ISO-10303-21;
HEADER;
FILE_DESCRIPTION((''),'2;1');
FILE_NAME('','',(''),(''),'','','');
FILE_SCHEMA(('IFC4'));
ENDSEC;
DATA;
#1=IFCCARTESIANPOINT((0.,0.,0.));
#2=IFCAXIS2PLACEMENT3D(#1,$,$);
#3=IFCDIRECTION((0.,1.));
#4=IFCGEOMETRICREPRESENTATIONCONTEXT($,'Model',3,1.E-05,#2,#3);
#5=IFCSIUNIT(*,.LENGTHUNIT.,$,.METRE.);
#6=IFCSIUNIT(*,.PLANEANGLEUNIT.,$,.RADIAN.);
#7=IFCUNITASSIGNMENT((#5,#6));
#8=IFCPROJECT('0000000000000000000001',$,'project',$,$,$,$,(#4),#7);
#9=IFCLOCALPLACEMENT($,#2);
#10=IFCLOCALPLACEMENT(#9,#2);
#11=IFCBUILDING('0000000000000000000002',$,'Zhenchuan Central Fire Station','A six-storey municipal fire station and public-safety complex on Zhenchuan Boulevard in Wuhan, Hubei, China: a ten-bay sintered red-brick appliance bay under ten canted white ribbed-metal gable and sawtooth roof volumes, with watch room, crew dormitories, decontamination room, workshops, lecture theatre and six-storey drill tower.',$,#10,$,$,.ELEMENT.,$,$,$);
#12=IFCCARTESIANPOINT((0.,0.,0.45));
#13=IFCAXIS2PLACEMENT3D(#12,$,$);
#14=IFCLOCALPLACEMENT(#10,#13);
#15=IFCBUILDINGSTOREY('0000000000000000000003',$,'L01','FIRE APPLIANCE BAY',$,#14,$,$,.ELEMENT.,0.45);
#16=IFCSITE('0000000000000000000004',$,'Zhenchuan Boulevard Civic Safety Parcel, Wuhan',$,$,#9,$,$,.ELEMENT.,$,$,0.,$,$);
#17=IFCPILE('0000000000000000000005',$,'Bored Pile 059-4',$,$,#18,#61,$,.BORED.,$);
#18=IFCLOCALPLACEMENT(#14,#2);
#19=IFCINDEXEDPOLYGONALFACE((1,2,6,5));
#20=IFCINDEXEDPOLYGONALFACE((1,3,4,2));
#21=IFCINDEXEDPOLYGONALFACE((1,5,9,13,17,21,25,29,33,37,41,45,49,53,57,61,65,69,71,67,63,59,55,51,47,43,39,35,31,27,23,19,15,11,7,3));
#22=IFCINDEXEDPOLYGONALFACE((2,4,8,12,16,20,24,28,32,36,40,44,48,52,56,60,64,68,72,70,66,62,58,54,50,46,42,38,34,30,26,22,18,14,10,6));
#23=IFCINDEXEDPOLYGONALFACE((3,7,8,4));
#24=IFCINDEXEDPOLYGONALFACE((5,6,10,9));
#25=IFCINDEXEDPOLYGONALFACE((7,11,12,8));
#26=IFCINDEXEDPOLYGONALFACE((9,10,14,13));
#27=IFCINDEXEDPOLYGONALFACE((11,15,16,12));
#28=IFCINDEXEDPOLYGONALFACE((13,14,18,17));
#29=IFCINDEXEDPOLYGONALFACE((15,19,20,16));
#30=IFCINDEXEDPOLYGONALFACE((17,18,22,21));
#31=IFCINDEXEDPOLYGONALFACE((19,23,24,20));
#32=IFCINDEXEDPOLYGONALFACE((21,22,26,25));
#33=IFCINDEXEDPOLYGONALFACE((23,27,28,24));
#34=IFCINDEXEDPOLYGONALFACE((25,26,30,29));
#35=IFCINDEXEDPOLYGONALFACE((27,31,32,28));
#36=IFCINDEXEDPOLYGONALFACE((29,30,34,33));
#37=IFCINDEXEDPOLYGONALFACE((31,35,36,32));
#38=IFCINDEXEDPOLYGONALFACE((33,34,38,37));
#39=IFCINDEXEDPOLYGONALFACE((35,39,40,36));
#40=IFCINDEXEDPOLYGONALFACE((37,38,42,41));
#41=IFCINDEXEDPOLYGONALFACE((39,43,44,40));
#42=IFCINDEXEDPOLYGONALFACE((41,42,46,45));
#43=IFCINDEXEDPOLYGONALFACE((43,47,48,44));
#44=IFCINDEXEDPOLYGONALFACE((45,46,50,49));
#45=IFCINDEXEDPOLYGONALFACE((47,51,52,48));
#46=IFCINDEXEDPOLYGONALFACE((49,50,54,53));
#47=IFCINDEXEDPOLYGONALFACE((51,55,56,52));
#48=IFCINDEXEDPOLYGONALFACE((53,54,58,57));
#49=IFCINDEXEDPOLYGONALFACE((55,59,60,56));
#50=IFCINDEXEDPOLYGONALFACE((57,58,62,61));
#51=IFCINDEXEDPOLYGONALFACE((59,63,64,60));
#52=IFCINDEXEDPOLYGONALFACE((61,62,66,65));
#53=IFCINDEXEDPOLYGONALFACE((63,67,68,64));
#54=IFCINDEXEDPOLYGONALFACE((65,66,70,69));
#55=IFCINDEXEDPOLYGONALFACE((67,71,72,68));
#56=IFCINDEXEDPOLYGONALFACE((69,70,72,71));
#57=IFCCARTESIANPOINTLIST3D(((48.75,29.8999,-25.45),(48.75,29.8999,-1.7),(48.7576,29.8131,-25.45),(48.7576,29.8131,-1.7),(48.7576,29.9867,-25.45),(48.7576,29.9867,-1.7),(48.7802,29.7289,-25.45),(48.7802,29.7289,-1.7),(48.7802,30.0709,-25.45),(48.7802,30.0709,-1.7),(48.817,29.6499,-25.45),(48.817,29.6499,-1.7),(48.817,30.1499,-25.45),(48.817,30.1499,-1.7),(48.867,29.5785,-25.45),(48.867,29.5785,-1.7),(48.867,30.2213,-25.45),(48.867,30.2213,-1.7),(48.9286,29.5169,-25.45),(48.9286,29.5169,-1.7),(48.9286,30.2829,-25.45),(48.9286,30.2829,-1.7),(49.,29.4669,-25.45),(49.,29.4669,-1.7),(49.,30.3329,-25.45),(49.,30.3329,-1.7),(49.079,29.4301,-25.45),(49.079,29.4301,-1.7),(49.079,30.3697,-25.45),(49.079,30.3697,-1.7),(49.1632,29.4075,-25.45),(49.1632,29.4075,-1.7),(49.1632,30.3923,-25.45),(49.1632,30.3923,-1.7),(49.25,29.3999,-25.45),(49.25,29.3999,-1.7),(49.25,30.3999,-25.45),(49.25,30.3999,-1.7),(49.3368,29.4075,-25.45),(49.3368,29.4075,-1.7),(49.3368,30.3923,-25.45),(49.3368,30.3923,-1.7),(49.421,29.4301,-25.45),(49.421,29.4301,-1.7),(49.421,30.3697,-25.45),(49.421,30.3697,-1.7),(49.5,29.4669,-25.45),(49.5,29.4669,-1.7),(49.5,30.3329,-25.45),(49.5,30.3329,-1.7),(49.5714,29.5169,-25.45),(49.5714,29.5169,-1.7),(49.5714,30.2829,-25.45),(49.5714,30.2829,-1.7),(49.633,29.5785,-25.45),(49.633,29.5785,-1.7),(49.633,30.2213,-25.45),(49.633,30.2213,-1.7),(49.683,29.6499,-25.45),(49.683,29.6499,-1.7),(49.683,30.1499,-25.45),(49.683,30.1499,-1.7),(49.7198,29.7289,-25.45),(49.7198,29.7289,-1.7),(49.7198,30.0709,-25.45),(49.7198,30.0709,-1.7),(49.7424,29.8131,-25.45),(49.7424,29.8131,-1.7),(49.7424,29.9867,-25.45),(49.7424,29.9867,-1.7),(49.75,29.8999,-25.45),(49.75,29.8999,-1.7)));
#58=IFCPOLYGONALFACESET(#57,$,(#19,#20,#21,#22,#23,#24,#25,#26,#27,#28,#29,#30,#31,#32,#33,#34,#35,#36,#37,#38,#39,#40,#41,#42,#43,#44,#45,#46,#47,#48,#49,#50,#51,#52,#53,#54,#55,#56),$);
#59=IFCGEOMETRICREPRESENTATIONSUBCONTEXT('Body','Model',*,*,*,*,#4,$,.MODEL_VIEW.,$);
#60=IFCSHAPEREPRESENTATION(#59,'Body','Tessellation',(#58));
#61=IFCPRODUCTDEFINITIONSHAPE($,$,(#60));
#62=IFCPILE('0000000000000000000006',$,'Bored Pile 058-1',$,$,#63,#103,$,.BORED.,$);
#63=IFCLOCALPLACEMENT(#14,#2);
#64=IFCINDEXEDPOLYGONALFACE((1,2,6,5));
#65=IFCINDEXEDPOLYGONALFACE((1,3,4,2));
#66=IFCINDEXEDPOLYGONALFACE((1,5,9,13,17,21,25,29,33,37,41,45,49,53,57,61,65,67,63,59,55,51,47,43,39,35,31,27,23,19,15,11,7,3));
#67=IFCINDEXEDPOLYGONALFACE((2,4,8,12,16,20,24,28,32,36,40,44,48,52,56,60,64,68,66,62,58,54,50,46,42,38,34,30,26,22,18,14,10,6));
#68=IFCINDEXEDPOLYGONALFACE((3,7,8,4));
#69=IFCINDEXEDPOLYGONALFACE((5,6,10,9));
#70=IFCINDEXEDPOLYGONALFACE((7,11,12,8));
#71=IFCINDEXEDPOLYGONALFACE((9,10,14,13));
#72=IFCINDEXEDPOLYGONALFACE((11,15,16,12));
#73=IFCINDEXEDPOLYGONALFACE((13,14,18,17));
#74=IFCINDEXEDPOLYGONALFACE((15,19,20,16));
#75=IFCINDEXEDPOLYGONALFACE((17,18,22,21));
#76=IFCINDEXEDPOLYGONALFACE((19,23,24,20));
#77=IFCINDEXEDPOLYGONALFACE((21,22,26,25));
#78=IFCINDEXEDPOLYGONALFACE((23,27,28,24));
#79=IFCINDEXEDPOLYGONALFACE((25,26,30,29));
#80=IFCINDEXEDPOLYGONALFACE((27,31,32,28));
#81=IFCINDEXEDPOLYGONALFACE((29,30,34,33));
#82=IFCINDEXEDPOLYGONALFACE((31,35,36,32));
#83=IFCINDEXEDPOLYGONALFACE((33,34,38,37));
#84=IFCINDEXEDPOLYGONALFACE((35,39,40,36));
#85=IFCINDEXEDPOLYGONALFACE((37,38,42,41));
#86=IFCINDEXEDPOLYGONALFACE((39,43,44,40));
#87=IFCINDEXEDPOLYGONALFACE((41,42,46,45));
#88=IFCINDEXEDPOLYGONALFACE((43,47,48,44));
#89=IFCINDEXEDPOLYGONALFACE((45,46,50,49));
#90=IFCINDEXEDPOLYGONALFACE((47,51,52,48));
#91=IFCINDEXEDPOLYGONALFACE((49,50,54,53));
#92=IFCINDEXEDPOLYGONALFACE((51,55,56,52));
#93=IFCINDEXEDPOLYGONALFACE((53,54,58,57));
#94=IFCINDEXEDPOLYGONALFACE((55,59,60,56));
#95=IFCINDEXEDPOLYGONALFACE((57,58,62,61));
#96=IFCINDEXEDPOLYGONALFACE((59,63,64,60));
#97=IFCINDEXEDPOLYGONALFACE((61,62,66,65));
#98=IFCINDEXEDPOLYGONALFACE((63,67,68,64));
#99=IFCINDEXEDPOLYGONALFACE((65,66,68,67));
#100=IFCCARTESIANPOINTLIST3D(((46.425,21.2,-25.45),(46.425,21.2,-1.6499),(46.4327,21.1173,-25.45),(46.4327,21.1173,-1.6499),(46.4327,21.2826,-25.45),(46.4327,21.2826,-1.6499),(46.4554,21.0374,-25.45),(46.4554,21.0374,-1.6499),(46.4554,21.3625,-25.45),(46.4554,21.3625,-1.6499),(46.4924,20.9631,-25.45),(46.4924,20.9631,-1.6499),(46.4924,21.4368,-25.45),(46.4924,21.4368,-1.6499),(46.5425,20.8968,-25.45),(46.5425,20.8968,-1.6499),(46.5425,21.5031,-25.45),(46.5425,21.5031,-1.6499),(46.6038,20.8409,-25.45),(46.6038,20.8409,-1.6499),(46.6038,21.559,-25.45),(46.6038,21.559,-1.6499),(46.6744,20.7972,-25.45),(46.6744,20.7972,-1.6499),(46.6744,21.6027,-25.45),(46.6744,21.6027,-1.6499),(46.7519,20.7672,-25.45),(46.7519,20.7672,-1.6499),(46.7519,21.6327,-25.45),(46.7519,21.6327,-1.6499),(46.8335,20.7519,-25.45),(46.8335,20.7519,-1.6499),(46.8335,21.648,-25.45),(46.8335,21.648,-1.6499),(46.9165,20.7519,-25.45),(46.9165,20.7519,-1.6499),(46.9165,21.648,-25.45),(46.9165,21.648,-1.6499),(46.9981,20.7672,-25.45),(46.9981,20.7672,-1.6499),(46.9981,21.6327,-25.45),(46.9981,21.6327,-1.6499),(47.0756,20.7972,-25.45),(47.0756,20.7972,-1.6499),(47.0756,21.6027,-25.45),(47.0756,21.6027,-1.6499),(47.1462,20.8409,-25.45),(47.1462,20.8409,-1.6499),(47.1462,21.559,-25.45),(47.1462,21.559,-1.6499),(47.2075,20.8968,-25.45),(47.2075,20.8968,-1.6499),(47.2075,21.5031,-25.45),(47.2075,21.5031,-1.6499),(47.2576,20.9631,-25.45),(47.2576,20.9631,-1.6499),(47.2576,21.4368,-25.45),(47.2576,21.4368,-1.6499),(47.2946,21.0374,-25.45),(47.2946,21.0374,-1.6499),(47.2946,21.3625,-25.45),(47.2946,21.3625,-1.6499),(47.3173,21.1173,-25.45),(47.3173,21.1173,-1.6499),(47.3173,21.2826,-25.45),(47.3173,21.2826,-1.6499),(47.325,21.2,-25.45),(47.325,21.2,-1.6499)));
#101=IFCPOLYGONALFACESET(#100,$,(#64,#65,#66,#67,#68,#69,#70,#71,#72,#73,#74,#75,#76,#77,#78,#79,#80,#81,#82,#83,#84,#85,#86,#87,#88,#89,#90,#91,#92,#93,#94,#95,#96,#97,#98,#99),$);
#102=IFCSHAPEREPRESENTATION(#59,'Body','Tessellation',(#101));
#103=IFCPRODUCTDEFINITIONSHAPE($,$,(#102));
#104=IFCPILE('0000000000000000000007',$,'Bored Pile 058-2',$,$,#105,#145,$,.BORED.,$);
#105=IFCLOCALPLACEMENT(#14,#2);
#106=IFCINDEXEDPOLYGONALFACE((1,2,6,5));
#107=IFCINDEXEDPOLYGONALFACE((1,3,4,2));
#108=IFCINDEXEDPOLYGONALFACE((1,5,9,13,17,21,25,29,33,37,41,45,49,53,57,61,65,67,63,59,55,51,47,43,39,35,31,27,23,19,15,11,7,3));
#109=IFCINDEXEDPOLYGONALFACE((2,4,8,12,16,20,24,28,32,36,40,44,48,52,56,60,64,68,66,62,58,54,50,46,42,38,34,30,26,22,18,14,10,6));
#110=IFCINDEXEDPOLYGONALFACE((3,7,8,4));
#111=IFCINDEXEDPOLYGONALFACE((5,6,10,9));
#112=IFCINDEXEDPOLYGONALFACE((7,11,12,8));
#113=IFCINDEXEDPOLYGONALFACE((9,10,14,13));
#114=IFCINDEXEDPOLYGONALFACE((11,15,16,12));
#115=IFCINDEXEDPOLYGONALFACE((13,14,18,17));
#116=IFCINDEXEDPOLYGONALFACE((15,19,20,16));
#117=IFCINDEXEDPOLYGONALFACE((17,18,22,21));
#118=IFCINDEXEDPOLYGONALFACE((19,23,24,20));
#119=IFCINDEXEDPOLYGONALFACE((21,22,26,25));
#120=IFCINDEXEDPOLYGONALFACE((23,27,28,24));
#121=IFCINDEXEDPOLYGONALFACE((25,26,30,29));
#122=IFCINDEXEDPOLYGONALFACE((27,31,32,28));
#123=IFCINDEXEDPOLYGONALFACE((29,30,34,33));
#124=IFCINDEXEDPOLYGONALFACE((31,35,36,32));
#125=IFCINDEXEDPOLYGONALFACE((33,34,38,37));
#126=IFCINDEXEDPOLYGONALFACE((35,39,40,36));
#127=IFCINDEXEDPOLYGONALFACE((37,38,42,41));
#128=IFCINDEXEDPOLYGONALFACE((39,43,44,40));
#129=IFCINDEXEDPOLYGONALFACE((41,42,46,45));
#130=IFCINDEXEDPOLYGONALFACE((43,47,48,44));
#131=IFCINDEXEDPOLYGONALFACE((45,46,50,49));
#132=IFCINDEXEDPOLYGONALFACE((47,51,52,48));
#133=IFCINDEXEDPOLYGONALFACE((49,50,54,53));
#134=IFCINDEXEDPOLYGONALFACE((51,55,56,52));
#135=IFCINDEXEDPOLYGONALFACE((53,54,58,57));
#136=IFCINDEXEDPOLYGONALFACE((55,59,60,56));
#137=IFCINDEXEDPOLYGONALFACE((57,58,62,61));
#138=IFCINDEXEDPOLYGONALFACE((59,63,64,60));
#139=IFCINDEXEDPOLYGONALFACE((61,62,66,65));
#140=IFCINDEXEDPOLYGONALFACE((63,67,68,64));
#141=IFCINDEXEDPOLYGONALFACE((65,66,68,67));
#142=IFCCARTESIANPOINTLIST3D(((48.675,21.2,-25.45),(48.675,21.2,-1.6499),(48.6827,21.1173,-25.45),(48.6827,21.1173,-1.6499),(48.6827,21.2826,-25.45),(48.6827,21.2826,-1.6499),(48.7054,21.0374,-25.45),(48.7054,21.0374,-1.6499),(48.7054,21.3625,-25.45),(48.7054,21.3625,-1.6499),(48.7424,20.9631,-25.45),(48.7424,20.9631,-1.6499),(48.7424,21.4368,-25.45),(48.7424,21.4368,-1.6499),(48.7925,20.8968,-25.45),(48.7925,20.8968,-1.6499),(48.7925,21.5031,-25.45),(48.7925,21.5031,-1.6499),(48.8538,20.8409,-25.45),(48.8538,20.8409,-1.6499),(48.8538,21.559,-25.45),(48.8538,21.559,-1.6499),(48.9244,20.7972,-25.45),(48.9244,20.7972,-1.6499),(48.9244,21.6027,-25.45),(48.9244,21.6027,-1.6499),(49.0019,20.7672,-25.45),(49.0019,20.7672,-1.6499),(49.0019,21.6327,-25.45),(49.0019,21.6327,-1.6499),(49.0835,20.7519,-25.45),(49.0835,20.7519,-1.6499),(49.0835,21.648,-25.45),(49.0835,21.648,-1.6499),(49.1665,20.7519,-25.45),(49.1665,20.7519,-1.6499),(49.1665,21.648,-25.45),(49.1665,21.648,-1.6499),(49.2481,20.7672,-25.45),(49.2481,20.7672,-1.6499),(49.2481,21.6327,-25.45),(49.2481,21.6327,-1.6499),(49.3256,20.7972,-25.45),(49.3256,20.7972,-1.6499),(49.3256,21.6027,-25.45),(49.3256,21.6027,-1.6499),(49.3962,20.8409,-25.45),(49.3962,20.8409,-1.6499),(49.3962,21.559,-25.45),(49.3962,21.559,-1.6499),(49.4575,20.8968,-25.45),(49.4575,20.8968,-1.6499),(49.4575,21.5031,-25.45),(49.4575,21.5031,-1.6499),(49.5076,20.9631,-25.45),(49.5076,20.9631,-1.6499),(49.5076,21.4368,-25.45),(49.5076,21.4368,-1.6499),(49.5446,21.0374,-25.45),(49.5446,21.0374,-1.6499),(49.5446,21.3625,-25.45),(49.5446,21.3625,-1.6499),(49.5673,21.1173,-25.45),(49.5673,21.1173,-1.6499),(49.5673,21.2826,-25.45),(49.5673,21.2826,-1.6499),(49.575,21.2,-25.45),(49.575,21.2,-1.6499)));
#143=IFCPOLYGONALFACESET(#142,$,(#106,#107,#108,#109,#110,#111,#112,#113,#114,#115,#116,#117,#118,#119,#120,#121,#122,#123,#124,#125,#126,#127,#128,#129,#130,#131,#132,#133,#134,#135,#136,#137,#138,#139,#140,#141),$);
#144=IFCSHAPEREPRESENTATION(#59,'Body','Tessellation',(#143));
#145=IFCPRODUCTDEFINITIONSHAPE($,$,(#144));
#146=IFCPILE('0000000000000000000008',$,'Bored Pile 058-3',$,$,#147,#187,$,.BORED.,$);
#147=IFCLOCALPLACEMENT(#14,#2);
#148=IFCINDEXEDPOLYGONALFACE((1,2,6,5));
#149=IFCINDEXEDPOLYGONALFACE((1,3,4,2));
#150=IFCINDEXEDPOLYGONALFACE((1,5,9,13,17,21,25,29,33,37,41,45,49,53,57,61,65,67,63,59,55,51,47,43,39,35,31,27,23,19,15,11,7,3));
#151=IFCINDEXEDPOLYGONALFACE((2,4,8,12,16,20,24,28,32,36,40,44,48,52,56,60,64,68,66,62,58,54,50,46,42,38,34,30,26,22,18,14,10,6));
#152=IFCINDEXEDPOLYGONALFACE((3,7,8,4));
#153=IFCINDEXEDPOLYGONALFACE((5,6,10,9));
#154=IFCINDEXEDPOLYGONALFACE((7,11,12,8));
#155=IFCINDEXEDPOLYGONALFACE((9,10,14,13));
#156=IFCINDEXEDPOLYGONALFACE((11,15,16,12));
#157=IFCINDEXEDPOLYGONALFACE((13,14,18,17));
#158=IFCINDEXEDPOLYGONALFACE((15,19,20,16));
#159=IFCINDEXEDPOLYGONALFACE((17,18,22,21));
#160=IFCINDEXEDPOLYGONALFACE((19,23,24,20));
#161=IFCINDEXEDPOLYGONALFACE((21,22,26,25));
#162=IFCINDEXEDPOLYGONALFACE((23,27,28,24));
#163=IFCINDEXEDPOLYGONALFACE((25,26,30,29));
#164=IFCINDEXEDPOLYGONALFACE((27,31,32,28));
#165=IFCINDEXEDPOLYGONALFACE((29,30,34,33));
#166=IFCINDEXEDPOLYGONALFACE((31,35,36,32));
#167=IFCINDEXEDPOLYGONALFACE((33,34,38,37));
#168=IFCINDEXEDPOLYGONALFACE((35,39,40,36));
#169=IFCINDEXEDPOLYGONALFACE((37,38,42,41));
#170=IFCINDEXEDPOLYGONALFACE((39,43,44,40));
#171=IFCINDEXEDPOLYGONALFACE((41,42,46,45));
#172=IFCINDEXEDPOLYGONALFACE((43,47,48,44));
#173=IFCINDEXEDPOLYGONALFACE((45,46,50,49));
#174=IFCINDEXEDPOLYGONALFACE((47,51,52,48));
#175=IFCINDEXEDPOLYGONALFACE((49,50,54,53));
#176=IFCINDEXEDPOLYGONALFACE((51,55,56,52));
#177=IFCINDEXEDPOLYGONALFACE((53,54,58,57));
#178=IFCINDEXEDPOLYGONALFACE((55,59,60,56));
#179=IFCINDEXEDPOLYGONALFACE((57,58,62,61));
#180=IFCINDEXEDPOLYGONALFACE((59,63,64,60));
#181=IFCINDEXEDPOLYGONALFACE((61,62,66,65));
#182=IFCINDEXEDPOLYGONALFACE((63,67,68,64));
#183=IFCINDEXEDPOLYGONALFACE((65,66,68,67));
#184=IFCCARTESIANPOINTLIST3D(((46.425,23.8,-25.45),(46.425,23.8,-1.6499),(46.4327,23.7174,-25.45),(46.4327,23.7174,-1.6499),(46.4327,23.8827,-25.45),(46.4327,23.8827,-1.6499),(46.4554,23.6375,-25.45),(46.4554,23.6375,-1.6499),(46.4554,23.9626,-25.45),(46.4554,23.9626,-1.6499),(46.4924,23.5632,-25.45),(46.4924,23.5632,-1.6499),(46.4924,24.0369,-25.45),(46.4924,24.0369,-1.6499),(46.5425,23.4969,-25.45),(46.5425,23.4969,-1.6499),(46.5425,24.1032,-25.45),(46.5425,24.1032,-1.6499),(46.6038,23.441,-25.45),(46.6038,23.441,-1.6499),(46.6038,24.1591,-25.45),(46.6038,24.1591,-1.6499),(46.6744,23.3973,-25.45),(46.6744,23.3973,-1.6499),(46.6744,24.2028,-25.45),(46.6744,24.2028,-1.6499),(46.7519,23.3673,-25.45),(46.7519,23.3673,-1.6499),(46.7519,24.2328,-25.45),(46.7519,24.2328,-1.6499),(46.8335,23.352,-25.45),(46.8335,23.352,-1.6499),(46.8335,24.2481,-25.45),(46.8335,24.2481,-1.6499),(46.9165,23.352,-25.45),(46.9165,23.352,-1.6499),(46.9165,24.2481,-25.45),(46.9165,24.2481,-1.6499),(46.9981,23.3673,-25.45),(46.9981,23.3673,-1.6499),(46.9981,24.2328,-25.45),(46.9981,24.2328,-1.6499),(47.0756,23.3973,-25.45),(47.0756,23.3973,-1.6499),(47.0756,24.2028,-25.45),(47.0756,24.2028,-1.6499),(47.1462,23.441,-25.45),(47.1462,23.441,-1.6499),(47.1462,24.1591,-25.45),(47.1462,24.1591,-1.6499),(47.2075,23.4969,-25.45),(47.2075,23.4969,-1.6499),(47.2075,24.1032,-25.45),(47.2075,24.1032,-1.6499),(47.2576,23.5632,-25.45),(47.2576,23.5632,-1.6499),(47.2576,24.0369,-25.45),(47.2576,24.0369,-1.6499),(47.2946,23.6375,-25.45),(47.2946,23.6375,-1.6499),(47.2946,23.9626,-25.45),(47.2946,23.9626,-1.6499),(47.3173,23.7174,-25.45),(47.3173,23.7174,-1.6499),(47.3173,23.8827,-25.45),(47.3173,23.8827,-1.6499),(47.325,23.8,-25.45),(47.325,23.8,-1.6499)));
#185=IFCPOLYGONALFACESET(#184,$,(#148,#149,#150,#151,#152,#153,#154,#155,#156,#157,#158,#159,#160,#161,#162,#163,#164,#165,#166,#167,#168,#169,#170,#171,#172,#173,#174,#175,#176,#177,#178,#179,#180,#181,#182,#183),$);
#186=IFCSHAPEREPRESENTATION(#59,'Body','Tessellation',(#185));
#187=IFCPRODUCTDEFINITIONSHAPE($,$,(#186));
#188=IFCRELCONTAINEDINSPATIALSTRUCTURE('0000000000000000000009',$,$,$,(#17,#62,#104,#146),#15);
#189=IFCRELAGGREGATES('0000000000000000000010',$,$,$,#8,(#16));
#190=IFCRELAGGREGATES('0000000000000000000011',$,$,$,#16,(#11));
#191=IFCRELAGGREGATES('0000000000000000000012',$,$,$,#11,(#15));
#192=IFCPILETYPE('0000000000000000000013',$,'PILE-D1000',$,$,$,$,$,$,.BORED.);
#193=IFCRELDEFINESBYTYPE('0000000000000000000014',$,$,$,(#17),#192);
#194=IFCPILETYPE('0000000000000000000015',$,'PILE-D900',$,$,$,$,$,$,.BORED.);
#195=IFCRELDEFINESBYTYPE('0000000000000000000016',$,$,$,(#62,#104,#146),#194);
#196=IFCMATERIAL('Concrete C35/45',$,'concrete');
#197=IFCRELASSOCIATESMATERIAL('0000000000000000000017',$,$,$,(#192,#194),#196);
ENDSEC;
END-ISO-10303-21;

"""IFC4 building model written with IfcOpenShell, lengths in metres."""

from ifc_helpers import new_model, si_unit, direction, frame, origin, origin_2d, place, context, subcontext, project, spatial, circle, extrude, material, material_profile, profile_set, type_object, element, save


model = new_model("IFC4")

# Units and contexts
model_context = context("Model", 3, precision=1e-05, world=origin(), true_north=direction((0.0, 1.0)))
body_context = subcontext(model_context, "Body", "Model", "MODEL_VIEW")
ifc_project = project(units=[si_unit("LENGTHUNIT", "METRE"), si_unit("PLANEANGLEUNIT", "RADIAN")], contexts=[model_context])

# Site, building, storey
site_placement = place(None, origin())
site = spatial("IfcSite", under=ifc_project, at=site_placement, Name="Zhenchuan Boulevard Civic Safety Parcel, Wuhan", CompositionType="ELEMENT", RefElevation=0.0)
building_placement = place(site_placement, origin())
building = spatial("IfcBuilding", under=site, at=building_placement, Name="Zhenchuan Central Fire Station", Description="A six-storey municipal fire station and public-safety complex on Zhenchuan Boulevard in Wuhan, Hubei, China: a ten-bay sintered red-brick appliance bay under ten canted white ribbed-metal gable and sawtooth roof volumes, with watch room, crew dormitories, decontamination room, workshops, lecture theatre and six-storey drill tower.", CompositionType="ELEMENT")
storey_placement = place(building_placement, frame((0.0, 0.0, 0.45)))
storey = spatial("IfcBuildingStorey", under=building, at=storey_placement, Name="L01", Description="FIRE APPLIANCE BAY", CompositionType="ELEMENT", Elevation=0.45)

# Piles
ifc_material_1 = material(Name="Concrete C35/45", Category="concrete")
ifc_material_profile_1 = material_profile(ifc_material_1, circle(Radius=0.5, at=origin_2d()), Name="PILE D1000")
ifc_profile_set_1 = profile_set([ifc_material_profile_1], Name="Concrete C35/45")
pile_type_1 = type_object("IfcPileType", Name="PILE-D1000", PredefinedType="BORED", material=ifc_profile_set_1)
for number, where, z_axis, x_axis, name in (
    (1, (49.25, 29.8999, -1.7), (0.0, 0.0, -1.0), (1.0, 0.0, 0.0), "Bored Pile 059-4"),
):
    element("IfcPile", number, at=place(storey_placement, frame(where, z_axis=z_axis, x_axis=x_axis)), inside=storey, type_object=pile_type_1, Name=name, PredefinedType="BORED", context=body_context, shape_type="SweptSolid", body=[
        extrude(circle(Radius=0.5, at=origin_2d()), origin(), (0.0, 0.0, 1.0), 23.75),
    ])
ifc_material_profile_2 = material_profile(ifc_material_1, circle(Radius=0.45, at=origin_2d()), Name="PILE D900")
ifc_profile_set_2 = profile_set([ifc_material_profile_2], Name="Concrete C35/45")
pile_type_2 = type_object("IfcPileType", Name="PILE-D900", PredefinedType="BORED", material=ifc_profile_set_2)
for number, where, z_axis, x_axis, name in (
    (2, (46.875, 21.2, -1.6499), (0.0, 0.0, -1.0), (1.0, 0.0, 0.0), "Bored Pile 058-1"),
    (3, (49.125, 21.2, -1.6499), (0.0, 0.0, -1.0), (1.0, 0.0, 0.0), "Bored Pile 058-2"),
    (4, (46.875, 23.8, -1.6499), (0.0, 0.0, -1.0), (1.0, 0.0, 0.0), "Bored Pile 058-3"),
):
    element("IfcPile", number, at=place(storey_placement, frame(where, z_axis=z_axis, x_axis=x_axis)), inside=storey, type_object=pile_type_2, Name=name, PredefinedType="BORED", context=body_context, shape_type="SweptSolid", body=[
        extrude(circle(Radius=0.45, at=origin_2d()), origin(), (0.0, 0.0, 1.0), 23.8),
    ])

save(model, "model.ifc")
